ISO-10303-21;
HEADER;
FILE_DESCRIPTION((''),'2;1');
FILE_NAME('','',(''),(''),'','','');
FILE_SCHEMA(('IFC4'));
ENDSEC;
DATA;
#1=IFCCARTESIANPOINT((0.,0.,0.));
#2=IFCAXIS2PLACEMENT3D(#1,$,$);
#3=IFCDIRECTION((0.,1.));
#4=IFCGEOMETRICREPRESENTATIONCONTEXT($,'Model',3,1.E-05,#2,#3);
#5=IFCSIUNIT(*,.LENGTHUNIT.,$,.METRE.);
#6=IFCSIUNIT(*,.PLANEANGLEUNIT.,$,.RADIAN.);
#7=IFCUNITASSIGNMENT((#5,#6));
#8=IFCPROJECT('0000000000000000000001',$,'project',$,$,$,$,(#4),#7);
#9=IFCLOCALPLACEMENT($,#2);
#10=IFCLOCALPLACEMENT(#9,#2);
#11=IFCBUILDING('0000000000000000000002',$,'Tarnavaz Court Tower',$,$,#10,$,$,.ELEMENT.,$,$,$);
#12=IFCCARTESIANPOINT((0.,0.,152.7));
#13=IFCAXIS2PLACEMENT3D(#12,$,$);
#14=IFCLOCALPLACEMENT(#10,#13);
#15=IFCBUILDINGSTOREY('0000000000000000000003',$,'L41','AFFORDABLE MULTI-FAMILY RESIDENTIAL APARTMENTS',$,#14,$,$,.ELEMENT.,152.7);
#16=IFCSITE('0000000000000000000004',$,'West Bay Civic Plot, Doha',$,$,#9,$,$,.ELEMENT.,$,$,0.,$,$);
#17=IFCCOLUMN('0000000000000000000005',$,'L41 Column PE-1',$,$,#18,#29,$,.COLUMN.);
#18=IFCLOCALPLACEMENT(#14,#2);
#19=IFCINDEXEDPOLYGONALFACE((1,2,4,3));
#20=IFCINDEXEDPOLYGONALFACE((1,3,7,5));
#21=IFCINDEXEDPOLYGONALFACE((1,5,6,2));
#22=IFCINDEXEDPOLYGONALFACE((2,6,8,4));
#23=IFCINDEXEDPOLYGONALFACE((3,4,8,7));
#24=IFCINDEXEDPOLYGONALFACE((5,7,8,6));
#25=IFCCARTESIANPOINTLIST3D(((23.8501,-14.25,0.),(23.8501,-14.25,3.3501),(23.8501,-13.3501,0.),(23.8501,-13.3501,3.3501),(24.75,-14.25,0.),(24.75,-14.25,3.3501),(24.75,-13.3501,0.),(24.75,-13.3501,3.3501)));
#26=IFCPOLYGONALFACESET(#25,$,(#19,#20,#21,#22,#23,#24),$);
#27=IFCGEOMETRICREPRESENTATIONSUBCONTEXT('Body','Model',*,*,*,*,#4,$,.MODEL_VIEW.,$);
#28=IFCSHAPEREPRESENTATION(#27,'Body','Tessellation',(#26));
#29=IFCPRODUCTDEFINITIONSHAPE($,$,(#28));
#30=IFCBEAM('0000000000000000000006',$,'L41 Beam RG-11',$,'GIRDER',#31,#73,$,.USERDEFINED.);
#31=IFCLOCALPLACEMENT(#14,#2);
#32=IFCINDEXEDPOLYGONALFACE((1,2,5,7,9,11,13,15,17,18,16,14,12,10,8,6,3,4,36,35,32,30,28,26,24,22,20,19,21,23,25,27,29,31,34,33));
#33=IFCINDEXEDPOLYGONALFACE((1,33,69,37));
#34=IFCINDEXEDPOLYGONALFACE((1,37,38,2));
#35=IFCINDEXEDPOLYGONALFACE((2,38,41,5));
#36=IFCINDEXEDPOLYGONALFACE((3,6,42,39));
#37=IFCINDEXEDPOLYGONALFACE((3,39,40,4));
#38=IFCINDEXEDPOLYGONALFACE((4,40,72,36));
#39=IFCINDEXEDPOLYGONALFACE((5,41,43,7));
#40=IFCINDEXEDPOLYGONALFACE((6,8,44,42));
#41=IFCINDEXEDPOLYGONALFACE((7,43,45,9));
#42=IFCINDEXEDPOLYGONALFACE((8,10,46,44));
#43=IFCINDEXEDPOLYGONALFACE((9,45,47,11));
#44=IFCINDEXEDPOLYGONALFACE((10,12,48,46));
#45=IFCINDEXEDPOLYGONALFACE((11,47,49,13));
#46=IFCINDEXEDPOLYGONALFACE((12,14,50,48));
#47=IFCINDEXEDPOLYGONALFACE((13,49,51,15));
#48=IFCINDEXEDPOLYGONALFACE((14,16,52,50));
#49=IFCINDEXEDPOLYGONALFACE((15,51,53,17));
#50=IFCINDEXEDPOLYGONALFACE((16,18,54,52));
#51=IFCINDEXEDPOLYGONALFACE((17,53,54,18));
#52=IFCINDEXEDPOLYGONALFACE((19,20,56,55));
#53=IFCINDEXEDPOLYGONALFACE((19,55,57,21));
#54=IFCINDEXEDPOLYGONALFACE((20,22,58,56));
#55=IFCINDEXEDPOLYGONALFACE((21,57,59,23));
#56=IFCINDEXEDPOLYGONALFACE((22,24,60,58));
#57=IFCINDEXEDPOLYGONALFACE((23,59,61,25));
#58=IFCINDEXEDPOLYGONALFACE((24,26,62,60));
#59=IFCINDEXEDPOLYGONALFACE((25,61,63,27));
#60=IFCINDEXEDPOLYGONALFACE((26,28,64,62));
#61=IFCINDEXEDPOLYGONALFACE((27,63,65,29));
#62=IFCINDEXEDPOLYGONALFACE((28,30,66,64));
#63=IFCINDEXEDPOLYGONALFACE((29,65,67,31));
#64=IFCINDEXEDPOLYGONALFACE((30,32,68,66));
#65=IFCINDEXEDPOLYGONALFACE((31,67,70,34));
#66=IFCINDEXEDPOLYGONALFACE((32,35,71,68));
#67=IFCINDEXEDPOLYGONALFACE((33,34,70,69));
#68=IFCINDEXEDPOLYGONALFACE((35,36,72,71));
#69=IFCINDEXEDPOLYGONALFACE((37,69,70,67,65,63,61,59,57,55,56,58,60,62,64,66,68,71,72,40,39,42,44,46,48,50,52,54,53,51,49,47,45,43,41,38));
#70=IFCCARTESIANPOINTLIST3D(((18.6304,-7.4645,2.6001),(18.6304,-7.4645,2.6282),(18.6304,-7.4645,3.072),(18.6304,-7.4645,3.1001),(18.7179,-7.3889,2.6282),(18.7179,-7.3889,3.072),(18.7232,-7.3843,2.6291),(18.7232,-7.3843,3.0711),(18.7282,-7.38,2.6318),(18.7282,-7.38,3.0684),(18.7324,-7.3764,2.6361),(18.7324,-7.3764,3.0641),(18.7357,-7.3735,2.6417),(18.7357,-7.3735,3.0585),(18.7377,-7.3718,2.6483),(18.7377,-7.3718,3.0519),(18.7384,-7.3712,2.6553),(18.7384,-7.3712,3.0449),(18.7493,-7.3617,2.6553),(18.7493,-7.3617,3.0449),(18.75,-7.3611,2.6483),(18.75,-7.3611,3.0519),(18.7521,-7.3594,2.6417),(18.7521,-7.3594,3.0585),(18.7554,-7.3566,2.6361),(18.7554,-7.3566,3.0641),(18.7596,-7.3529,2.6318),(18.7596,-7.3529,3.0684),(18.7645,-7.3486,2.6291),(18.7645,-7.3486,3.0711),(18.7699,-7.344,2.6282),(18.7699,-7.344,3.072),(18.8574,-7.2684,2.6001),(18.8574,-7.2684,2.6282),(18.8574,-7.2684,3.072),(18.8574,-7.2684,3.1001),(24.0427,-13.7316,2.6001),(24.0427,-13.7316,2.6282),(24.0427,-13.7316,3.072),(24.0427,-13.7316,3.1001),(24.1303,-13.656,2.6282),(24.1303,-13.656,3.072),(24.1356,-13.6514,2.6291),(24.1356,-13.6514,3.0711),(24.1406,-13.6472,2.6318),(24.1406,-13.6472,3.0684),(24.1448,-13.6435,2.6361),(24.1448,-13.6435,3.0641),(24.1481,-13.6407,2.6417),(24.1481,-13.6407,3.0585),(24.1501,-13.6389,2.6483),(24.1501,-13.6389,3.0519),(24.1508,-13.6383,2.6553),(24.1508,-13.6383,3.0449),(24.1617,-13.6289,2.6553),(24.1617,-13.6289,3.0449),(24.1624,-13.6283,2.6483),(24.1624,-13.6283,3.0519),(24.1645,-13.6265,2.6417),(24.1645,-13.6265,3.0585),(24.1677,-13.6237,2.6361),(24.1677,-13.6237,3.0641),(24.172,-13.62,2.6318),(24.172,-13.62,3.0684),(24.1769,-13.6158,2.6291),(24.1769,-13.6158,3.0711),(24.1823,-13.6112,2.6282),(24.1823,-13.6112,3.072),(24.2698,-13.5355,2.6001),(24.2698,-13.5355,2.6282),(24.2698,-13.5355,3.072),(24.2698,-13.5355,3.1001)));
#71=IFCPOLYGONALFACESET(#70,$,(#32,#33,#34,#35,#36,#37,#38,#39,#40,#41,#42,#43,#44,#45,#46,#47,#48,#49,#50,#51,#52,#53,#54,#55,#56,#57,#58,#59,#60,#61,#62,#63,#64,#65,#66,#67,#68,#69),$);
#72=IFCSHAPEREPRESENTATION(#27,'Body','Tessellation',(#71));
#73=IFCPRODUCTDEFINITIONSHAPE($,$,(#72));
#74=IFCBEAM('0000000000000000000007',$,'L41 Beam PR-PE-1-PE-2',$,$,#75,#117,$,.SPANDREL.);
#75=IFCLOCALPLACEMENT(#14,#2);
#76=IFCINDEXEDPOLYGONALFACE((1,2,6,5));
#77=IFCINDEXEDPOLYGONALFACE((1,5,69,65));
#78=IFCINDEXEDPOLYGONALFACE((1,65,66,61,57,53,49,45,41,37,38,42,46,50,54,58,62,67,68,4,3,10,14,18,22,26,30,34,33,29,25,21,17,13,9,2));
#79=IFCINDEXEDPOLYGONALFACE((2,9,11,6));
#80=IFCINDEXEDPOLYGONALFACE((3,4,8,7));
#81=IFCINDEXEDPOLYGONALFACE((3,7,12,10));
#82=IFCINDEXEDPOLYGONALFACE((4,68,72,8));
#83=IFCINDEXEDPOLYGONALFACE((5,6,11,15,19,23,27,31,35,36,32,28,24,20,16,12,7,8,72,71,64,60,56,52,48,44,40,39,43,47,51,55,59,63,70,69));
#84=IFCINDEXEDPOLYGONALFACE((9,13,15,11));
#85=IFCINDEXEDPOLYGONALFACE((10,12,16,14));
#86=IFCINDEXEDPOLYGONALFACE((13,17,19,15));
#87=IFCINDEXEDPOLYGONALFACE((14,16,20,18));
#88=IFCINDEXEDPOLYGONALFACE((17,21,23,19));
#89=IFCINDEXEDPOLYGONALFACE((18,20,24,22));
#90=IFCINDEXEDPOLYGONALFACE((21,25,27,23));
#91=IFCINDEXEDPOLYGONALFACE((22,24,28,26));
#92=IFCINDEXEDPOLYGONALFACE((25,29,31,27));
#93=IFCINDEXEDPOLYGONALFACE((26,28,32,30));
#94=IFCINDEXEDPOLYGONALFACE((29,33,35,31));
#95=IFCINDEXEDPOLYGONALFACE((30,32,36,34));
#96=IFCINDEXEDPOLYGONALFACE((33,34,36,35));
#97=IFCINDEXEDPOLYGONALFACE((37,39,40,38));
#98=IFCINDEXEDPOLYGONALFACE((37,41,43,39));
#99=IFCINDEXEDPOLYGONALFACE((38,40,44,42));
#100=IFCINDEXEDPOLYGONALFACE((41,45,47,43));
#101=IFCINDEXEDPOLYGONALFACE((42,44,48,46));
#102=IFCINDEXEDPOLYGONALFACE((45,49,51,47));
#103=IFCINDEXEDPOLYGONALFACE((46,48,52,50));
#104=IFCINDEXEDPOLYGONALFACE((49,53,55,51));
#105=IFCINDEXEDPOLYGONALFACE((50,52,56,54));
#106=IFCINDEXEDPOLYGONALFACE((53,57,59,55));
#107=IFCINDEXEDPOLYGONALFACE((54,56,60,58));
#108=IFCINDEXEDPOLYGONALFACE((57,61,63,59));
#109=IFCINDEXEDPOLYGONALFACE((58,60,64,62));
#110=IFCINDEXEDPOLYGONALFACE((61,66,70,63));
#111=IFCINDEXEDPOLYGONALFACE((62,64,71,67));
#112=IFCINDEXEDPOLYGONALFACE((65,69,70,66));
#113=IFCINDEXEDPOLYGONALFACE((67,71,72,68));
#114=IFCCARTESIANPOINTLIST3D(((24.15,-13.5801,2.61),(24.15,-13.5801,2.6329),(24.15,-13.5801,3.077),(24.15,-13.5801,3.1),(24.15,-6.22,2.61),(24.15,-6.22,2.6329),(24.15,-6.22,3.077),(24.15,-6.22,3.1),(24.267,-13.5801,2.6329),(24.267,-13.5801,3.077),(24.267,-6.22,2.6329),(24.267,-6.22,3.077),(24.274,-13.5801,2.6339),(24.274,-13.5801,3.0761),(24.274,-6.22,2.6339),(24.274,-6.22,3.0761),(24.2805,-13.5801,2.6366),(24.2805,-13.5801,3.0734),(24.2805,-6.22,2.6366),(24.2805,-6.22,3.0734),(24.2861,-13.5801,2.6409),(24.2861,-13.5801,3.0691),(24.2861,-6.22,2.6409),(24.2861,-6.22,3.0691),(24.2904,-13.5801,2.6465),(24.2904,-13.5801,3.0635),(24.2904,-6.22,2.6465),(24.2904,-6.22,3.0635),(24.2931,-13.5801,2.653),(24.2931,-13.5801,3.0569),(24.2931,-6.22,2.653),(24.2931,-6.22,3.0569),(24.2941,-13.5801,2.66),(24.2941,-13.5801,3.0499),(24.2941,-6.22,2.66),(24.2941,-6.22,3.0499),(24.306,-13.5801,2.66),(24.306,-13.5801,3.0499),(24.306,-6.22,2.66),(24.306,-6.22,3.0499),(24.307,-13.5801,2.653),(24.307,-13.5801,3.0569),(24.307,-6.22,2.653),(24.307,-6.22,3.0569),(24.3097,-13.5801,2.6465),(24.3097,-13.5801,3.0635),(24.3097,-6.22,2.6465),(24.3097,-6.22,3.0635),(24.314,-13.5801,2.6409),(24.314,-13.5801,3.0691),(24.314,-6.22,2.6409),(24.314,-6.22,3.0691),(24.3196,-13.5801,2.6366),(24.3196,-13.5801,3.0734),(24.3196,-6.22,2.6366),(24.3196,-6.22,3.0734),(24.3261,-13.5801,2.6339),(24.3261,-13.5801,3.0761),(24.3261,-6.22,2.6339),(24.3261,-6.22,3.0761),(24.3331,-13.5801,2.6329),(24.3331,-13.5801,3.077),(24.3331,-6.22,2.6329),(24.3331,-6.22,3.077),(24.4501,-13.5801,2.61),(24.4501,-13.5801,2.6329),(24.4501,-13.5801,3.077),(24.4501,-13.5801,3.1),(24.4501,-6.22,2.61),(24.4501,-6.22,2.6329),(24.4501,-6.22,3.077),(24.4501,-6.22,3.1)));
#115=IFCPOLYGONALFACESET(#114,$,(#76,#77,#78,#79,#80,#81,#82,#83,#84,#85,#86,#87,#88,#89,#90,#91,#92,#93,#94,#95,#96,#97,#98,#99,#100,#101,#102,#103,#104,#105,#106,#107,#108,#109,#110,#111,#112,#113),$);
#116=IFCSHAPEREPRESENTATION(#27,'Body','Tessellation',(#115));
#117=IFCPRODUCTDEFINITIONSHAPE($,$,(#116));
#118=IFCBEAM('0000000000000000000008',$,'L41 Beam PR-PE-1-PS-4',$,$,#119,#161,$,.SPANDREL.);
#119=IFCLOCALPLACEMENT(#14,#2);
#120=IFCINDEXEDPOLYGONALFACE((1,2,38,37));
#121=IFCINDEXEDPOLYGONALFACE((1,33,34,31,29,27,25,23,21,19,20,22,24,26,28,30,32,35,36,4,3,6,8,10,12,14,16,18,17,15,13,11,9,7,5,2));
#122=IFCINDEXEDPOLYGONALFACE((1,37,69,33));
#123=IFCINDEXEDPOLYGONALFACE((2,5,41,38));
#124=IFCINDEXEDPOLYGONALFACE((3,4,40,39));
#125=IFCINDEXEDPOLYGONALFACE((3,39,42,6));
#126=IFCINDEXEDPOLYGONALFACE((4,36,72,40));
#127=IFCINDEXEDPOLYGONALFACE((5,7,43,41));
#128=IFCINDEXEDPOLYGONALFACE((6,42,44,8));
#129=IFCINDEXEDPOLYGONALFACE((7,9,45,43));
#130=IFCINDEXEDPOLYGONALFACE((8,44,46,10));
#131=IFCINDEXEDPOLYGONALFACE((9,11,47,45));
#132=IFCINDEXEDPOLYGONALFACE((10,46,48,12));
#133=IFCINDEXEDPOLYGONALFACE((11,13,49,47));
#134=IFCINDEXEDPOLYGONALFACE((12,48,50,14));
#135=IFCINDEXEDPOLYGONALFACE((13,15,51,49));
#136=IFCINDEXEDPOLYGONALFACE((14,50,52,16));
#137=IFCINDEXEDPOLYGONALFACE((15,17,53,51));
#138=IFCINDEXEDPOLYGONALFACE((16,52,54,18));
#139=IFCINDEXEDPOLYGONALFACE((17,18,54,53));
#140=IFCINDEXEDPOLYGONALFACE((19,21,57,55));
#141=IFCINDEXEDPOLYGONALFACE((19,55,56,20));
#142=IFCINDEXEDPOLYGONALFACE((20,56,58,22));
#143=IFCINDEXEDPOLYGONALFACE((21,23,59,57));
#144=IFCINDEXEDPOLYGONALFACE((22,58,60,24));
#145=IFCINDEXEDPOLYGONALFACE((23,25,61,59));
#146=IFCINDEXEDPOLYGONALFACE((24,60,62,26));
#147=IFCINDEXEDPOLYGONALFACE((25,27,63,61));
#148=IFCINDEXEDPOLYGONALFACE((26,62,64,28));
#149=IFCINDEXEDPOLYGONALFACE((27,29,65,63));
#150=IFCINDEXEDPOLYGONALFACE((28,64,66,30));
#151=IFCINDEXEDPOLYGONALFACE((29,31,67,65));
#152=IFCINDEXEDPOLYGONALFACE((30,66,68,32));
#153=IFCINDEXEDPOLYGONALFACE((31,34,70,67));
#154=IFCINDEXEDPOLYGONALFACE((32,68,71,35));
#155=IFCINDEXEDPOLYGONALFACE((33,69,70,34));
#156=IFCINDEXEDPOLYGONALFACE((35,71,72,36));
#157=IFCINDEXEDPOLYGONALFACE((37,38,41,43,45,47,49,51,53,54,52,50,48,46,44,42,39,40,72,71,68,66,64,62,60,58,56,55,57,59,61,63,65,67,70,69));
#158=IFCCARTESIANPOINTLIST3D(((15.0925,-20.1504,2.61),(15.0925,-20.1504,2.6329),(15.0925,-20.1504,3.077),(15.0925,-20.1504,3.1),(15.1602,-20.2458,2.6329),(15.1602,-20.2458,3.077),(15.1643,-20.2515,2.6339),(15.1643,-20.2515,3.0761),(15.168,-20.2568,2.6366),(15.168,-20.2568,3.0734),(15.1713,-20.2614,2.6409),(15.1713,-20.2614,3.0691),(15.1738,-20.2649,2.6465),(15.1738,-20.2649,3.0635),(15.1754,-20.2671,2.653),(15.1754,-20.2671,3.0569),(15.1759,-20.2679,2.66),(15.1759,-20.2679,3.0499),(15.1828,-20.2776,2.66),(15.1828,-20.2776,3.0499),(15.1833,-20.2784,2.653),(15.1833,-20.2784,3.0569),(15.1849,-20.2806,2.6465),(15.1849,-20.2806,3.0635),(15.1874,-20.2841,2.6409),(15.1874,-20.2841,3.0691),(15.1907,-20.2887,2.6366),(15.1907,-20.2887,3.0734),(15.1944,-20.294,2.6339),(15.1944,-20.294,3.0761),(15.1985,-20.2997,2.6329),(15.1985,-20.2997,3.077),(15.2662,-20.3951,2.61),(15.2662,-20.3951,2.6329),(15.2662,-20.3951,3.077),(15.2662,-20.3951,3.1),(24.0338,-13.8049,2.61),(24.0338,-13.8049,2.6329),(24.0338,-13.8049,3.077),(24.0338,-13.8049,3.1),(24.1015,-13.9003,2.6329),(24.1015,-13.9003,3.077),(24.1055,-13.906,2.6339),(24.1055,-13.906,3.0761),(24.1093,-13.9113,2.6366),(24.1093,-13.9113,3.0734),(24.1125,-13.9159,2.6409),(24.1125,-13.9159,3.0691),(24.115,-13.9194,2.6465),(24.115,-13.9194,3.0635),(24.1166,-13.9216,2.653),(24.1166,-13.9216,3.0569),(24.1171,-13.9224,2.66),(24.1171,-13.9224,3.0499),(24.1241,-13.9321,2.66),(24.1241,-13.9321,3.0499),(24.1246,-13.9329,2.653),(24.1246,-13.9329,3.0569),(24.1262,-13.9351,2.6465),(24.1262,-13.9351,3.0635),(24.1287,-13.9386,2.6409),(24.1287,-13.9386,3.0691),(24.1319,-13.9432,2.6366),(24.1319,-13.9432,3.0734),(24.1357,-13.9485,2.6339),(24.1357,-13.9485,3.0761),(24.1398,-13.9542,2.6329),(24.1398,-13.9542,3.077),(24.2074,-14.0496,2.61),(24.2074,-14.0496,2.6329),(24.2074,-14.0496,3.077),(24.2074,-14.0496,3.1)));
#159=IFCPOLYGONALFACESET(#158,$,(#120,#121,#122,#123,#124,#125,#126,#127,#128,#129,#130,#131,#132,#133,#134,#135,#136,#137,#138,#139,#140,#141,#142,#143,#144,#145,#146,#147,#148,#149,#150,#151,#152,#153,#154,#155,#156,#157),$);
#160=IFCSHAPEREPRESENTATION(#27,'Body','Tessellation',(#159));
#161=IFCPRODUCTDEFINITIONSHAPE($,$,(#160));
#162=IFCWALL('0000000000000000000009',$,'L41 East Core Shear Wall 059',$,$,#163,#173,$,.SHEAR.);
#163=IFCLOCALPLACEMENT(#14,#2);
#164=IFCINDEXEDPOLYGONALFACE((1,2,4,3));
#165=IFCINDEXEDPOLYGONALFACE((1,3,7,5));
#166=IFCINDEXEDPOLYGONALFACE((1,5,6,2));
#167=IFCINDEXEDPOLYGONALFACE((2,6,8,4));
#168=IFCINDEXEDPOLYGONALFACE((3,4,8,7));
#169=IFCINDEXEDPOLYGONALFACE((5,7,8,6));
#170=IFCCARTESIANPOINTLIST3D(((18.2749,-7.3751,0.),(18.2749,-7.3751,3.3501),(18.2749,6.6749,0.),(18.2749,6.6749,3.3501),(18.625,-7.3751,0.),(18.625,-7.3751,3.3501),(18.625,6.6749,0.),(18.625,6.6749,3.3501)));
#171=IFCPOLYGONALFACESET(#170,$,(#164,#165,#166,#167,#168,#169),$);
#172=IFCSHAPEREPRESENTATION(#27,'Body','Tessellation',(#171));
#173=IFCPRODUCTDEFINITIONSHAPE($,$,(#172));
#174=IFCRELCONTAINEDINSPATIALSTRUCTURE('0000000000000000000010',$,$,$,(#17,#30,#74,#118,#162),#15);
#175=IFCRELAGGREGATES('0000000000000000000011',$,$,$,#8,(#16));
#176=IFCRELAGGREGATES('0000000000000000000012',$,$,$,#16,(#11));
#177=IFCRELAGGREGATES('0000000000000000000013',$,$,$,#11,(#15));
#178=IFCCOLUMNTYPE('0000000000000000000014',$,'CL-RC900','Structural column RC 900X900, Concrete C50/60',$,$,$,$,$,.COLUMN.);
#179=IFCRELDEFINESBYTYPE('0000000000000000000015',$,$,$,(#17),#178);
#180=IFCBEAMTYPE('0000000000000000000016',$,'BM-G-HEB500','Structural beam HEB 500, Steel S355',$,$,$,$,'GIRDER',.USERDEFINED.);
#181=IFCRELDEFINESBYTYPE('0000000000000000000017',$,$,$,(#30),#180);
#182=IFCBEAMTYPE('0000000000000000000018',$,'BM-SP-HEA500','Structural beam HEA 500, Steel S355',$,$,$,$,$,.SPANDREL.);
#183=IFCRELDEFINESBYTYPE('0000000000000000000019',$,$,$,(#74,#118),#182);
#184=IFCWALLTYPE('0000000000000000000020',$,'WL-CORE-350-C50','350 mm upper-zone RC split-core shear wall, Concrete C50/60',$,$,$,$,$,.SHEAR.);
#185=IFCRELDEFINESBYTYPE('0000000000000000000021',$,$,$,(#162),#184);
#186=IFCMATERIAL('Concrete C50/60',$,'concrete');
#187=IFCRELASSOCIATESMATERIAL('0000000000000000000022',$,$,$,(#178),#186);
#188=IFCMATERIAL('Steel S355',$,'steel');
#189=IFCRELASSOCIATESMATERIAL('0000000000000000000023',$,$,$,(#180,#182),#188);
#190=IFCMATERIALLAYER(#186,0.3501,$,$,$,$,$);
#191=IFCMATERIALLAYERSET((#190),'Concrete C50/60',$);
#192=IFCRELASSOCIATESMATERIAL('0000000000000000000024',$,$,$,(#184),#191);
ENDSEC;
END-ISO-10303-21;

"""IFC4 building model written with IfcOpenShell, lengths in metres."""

from ifc_helpers import new_model, si_unit, direction, frame, frame_2d, origin, origin_2d, place, context, subcontext, project, spatial, rectangle, i_section, extrude, material, layer, layer_set, material_profile, profile_set, type_object, element, save


model = new_model("IFC4")

# Units and contexts
model_context = context("Model", 3, precision=1e-05, world=origin(), true_north=direction((0.0, 1.0)))
body_context = subcontext(model_context, "Body", "Model", "MODEL_VIEW")
ifc_project = project(units=[si_unit("LENGTHUNIT", "METRE"), si_unit("PLANEANGLEUNIT", "RADIAN")], contexts=[model_context])

# Site, building, storey
site_placement = place(None, origin())
site = spatial("IfcSite", under=ifc_project, at=site_placement, Name="West Bay Civic Plot, Doha", CompositionType="ELEMENT", RefElevation=0.0)
building_placement = place(site_placement, origin())
building = spatial("IfcBuilding", under=site, at=building_placement, Name="Tarnavaz Court Tower", CompositionType="ELEMENT")
storey_placement = place(building_placement, frame((0.0, 0.0, 152.7)))
storey = spatial("IfcBuildingStorey", under=building, at=storey_placement, Name="L41", Description="AFFORDABLE MULTI-FAMILY RESIDENTIAL APARTMENTS", CompositionType="ELEMENT", Elevation=152.7)

# Column
ifc_material_1 = material(Name="Concrete C50/60", Category="concrete")
ifc_material_profile_1 = material_profile(ifc_material_1, rectangle(XDim=0.8999, YDim=0.8999, at=origin_2d()), Name="RC 900X900")
ifc_profile_set_1 = profile_set([ifc_material_profile_1], Name="Concrete C50/60")
column_type = type_object("IfcColumnType", Name="CL-RC900", Description="Structural column RC 900X900, Concrete C50/60", PredefinedType="COLUMN", material=ifc_profile_set_1)
column_placement = place(storey_placement, frame((24.3, -13.8, 0.0), z_axis=(0.0, 0.0, 1.0), x_axis=(1.0, 0.0, 0.0)))
element("IfcColumn", 1, at=column_placement, inside=storey, type_object=column_type, Name="L41 Column PE-1", PredefinedType="COLUMN", context=body_context, shape_type="SweptSolid", body=[
    extrude(rectangle(XDim=0.8999, YDim=0.8999, at=origin_2d()), origin(), (0.0, 0.0, 1.0), 3.3501),
])

# Beams
ifc_material_2 = material(Name="Steel S355", Category="steel")
ifc_material_profile_2 = material_profile(ifc_material_2, i_section(OverallWidth=0.3, OverallDepth=0.5, WebThickness=0.0144, FlangeThickness=0.0281, FilletRadius=0.0271, at=origin_2d()), Name="HEB 500")
ifc_profile_set_2 = profile_set([ifc_material_profile_2], Name="Steel S355")
beam_type_1 = type_object("IfcBeamType", Name="BM-G-HEB500", Description="Structural beam HEB 500, Steel S355", ElementType="GIRDER", PredefinedType="USERDEFINED", material=ifc_profile_set_2)
beam_1_placement = place(storey_placement, frame((18.7439, -7.3665, 2.8501), z_axis=(0.653611, -0.756831, 0.0), x_axis=(0.756831, 0.653611, 0.0)))
element("IfcBeam", 2, at=beam_1_placement, inside=storey, type_object=beam_type_1, Name="L41 Beam RG-11", ObjectType="GIRDER", PredefinedType="USERDEFINED", context=body_context, shape_type="SweptSolid", body=[
    extrude(i_section(OverallWidth=0.3, OverallDepth=0.5, WebThickness=0.0144, FlangeThickness=0.0281, FilletRadius=0.0271, at=origin_2d()), origin(), (0.0, 0.0, 1.0), 8.2808),
])
ifc_material_profile_3 = material_profile(ifc_material_2, i_section(OverallWidth=0.3, OverallDepth=0.49, WebThickness=0.012, FlangeThickness=0.0229, FilletRadius=0.0271, at=origin_2d()), Name="HEA 500")
ifc_profile_set_3 = profile_set([ifc_material_profile_3], Name="Steel S355")
beam_type_2 = type_object("IfcBeamType", Name="BM-SP-HEA500", Description="Structural beam HEA 500, Steel S355", PredefinedType="SPANDREL", material=ifc_profile_set_3)
beam_2_placement = place(storey_placement, frame((24.3, -13.5801, 2.855), z_axis=(0.0, 1.0, 0.0), x_axis=(-1.0, 0.0, 0.0)))
element("IfcBeam", 3, at=beam_2_placement, inside=storey, type_object=beam_type_2, Name="L41 Beam PR-PE-1-PE-2", PredefinedType="SPANDREL", context=body_context, shape_type="SweptSolid", body=[
    extrude(i_section(OverallWidth=0.3, OverallDepth=0.49, WebThickness=0.012, FlangeThickness=0.0229, FilletRadius=0.0271, at=origin_2d()), origin(), (0.0, 0.0, 1.0), 7.3601),
])
beam_3_placement = place(storey_placement, frame((24.1206, -13.9272, 2.855), z_axis=(-0.815502, -0.578754, 0.0), x_axis=(0.578754, -0.815502, 0.0)))
element("IfcBeam", 4, at=beam_3_placement, inside=storey, type_object=beam_type_2, Name="L41 Beam PR-PE-1-PS-4", PredefinedType="SPANDREL", context=body_context, shape_type="SweptSolid", body=[
    extrude(i_section(OverallWidth=0.3, OverallDepth=0.49, WebThickness=0.012, FlangeThickness=0.0229, FilletRadius=0.0271, at=origin_2d()), origin(), (0.0, 0.0, 1.0), 10.9641),
])

# Wall
ifc_layer_1 = layer(ifc_material_1, 0.3501)
ifc_layer_set_1 = layer_set([ifc_layer_1], Name="Concrete C50/60")
wall_type_1 = type_object("IfcWallType", Name="WL-CORE-350-C50", Description="350 mm upper-zone RC split-core shear wall, Concrete C50/60", PredefinedType="SHEAR", material=ifc_layer_set_1)
wall_1_placement = place(storey_placement, frame((18.45, -7.375, 0.0), z_axis=(0.0, 0.0, 1.0), x_axis=(0.0, 1.0, 0.0)))
element("IfcWall", 5, at=wall_1_placement, inside=storey, type_object=wall_type_1, Name="L41 East Core Shear Wall 059", PredefinedType="SHEAR", context=body_context, shape_type="SweptSolid", body=[
    extrude(rectangle(XDim=14.05, YDim=0.3501, at=frame_2d((7.0249, 0.0))), origin(), (0.0, 0.0, 1.0), 3.3501),
])

save(model, "model.ifc")
